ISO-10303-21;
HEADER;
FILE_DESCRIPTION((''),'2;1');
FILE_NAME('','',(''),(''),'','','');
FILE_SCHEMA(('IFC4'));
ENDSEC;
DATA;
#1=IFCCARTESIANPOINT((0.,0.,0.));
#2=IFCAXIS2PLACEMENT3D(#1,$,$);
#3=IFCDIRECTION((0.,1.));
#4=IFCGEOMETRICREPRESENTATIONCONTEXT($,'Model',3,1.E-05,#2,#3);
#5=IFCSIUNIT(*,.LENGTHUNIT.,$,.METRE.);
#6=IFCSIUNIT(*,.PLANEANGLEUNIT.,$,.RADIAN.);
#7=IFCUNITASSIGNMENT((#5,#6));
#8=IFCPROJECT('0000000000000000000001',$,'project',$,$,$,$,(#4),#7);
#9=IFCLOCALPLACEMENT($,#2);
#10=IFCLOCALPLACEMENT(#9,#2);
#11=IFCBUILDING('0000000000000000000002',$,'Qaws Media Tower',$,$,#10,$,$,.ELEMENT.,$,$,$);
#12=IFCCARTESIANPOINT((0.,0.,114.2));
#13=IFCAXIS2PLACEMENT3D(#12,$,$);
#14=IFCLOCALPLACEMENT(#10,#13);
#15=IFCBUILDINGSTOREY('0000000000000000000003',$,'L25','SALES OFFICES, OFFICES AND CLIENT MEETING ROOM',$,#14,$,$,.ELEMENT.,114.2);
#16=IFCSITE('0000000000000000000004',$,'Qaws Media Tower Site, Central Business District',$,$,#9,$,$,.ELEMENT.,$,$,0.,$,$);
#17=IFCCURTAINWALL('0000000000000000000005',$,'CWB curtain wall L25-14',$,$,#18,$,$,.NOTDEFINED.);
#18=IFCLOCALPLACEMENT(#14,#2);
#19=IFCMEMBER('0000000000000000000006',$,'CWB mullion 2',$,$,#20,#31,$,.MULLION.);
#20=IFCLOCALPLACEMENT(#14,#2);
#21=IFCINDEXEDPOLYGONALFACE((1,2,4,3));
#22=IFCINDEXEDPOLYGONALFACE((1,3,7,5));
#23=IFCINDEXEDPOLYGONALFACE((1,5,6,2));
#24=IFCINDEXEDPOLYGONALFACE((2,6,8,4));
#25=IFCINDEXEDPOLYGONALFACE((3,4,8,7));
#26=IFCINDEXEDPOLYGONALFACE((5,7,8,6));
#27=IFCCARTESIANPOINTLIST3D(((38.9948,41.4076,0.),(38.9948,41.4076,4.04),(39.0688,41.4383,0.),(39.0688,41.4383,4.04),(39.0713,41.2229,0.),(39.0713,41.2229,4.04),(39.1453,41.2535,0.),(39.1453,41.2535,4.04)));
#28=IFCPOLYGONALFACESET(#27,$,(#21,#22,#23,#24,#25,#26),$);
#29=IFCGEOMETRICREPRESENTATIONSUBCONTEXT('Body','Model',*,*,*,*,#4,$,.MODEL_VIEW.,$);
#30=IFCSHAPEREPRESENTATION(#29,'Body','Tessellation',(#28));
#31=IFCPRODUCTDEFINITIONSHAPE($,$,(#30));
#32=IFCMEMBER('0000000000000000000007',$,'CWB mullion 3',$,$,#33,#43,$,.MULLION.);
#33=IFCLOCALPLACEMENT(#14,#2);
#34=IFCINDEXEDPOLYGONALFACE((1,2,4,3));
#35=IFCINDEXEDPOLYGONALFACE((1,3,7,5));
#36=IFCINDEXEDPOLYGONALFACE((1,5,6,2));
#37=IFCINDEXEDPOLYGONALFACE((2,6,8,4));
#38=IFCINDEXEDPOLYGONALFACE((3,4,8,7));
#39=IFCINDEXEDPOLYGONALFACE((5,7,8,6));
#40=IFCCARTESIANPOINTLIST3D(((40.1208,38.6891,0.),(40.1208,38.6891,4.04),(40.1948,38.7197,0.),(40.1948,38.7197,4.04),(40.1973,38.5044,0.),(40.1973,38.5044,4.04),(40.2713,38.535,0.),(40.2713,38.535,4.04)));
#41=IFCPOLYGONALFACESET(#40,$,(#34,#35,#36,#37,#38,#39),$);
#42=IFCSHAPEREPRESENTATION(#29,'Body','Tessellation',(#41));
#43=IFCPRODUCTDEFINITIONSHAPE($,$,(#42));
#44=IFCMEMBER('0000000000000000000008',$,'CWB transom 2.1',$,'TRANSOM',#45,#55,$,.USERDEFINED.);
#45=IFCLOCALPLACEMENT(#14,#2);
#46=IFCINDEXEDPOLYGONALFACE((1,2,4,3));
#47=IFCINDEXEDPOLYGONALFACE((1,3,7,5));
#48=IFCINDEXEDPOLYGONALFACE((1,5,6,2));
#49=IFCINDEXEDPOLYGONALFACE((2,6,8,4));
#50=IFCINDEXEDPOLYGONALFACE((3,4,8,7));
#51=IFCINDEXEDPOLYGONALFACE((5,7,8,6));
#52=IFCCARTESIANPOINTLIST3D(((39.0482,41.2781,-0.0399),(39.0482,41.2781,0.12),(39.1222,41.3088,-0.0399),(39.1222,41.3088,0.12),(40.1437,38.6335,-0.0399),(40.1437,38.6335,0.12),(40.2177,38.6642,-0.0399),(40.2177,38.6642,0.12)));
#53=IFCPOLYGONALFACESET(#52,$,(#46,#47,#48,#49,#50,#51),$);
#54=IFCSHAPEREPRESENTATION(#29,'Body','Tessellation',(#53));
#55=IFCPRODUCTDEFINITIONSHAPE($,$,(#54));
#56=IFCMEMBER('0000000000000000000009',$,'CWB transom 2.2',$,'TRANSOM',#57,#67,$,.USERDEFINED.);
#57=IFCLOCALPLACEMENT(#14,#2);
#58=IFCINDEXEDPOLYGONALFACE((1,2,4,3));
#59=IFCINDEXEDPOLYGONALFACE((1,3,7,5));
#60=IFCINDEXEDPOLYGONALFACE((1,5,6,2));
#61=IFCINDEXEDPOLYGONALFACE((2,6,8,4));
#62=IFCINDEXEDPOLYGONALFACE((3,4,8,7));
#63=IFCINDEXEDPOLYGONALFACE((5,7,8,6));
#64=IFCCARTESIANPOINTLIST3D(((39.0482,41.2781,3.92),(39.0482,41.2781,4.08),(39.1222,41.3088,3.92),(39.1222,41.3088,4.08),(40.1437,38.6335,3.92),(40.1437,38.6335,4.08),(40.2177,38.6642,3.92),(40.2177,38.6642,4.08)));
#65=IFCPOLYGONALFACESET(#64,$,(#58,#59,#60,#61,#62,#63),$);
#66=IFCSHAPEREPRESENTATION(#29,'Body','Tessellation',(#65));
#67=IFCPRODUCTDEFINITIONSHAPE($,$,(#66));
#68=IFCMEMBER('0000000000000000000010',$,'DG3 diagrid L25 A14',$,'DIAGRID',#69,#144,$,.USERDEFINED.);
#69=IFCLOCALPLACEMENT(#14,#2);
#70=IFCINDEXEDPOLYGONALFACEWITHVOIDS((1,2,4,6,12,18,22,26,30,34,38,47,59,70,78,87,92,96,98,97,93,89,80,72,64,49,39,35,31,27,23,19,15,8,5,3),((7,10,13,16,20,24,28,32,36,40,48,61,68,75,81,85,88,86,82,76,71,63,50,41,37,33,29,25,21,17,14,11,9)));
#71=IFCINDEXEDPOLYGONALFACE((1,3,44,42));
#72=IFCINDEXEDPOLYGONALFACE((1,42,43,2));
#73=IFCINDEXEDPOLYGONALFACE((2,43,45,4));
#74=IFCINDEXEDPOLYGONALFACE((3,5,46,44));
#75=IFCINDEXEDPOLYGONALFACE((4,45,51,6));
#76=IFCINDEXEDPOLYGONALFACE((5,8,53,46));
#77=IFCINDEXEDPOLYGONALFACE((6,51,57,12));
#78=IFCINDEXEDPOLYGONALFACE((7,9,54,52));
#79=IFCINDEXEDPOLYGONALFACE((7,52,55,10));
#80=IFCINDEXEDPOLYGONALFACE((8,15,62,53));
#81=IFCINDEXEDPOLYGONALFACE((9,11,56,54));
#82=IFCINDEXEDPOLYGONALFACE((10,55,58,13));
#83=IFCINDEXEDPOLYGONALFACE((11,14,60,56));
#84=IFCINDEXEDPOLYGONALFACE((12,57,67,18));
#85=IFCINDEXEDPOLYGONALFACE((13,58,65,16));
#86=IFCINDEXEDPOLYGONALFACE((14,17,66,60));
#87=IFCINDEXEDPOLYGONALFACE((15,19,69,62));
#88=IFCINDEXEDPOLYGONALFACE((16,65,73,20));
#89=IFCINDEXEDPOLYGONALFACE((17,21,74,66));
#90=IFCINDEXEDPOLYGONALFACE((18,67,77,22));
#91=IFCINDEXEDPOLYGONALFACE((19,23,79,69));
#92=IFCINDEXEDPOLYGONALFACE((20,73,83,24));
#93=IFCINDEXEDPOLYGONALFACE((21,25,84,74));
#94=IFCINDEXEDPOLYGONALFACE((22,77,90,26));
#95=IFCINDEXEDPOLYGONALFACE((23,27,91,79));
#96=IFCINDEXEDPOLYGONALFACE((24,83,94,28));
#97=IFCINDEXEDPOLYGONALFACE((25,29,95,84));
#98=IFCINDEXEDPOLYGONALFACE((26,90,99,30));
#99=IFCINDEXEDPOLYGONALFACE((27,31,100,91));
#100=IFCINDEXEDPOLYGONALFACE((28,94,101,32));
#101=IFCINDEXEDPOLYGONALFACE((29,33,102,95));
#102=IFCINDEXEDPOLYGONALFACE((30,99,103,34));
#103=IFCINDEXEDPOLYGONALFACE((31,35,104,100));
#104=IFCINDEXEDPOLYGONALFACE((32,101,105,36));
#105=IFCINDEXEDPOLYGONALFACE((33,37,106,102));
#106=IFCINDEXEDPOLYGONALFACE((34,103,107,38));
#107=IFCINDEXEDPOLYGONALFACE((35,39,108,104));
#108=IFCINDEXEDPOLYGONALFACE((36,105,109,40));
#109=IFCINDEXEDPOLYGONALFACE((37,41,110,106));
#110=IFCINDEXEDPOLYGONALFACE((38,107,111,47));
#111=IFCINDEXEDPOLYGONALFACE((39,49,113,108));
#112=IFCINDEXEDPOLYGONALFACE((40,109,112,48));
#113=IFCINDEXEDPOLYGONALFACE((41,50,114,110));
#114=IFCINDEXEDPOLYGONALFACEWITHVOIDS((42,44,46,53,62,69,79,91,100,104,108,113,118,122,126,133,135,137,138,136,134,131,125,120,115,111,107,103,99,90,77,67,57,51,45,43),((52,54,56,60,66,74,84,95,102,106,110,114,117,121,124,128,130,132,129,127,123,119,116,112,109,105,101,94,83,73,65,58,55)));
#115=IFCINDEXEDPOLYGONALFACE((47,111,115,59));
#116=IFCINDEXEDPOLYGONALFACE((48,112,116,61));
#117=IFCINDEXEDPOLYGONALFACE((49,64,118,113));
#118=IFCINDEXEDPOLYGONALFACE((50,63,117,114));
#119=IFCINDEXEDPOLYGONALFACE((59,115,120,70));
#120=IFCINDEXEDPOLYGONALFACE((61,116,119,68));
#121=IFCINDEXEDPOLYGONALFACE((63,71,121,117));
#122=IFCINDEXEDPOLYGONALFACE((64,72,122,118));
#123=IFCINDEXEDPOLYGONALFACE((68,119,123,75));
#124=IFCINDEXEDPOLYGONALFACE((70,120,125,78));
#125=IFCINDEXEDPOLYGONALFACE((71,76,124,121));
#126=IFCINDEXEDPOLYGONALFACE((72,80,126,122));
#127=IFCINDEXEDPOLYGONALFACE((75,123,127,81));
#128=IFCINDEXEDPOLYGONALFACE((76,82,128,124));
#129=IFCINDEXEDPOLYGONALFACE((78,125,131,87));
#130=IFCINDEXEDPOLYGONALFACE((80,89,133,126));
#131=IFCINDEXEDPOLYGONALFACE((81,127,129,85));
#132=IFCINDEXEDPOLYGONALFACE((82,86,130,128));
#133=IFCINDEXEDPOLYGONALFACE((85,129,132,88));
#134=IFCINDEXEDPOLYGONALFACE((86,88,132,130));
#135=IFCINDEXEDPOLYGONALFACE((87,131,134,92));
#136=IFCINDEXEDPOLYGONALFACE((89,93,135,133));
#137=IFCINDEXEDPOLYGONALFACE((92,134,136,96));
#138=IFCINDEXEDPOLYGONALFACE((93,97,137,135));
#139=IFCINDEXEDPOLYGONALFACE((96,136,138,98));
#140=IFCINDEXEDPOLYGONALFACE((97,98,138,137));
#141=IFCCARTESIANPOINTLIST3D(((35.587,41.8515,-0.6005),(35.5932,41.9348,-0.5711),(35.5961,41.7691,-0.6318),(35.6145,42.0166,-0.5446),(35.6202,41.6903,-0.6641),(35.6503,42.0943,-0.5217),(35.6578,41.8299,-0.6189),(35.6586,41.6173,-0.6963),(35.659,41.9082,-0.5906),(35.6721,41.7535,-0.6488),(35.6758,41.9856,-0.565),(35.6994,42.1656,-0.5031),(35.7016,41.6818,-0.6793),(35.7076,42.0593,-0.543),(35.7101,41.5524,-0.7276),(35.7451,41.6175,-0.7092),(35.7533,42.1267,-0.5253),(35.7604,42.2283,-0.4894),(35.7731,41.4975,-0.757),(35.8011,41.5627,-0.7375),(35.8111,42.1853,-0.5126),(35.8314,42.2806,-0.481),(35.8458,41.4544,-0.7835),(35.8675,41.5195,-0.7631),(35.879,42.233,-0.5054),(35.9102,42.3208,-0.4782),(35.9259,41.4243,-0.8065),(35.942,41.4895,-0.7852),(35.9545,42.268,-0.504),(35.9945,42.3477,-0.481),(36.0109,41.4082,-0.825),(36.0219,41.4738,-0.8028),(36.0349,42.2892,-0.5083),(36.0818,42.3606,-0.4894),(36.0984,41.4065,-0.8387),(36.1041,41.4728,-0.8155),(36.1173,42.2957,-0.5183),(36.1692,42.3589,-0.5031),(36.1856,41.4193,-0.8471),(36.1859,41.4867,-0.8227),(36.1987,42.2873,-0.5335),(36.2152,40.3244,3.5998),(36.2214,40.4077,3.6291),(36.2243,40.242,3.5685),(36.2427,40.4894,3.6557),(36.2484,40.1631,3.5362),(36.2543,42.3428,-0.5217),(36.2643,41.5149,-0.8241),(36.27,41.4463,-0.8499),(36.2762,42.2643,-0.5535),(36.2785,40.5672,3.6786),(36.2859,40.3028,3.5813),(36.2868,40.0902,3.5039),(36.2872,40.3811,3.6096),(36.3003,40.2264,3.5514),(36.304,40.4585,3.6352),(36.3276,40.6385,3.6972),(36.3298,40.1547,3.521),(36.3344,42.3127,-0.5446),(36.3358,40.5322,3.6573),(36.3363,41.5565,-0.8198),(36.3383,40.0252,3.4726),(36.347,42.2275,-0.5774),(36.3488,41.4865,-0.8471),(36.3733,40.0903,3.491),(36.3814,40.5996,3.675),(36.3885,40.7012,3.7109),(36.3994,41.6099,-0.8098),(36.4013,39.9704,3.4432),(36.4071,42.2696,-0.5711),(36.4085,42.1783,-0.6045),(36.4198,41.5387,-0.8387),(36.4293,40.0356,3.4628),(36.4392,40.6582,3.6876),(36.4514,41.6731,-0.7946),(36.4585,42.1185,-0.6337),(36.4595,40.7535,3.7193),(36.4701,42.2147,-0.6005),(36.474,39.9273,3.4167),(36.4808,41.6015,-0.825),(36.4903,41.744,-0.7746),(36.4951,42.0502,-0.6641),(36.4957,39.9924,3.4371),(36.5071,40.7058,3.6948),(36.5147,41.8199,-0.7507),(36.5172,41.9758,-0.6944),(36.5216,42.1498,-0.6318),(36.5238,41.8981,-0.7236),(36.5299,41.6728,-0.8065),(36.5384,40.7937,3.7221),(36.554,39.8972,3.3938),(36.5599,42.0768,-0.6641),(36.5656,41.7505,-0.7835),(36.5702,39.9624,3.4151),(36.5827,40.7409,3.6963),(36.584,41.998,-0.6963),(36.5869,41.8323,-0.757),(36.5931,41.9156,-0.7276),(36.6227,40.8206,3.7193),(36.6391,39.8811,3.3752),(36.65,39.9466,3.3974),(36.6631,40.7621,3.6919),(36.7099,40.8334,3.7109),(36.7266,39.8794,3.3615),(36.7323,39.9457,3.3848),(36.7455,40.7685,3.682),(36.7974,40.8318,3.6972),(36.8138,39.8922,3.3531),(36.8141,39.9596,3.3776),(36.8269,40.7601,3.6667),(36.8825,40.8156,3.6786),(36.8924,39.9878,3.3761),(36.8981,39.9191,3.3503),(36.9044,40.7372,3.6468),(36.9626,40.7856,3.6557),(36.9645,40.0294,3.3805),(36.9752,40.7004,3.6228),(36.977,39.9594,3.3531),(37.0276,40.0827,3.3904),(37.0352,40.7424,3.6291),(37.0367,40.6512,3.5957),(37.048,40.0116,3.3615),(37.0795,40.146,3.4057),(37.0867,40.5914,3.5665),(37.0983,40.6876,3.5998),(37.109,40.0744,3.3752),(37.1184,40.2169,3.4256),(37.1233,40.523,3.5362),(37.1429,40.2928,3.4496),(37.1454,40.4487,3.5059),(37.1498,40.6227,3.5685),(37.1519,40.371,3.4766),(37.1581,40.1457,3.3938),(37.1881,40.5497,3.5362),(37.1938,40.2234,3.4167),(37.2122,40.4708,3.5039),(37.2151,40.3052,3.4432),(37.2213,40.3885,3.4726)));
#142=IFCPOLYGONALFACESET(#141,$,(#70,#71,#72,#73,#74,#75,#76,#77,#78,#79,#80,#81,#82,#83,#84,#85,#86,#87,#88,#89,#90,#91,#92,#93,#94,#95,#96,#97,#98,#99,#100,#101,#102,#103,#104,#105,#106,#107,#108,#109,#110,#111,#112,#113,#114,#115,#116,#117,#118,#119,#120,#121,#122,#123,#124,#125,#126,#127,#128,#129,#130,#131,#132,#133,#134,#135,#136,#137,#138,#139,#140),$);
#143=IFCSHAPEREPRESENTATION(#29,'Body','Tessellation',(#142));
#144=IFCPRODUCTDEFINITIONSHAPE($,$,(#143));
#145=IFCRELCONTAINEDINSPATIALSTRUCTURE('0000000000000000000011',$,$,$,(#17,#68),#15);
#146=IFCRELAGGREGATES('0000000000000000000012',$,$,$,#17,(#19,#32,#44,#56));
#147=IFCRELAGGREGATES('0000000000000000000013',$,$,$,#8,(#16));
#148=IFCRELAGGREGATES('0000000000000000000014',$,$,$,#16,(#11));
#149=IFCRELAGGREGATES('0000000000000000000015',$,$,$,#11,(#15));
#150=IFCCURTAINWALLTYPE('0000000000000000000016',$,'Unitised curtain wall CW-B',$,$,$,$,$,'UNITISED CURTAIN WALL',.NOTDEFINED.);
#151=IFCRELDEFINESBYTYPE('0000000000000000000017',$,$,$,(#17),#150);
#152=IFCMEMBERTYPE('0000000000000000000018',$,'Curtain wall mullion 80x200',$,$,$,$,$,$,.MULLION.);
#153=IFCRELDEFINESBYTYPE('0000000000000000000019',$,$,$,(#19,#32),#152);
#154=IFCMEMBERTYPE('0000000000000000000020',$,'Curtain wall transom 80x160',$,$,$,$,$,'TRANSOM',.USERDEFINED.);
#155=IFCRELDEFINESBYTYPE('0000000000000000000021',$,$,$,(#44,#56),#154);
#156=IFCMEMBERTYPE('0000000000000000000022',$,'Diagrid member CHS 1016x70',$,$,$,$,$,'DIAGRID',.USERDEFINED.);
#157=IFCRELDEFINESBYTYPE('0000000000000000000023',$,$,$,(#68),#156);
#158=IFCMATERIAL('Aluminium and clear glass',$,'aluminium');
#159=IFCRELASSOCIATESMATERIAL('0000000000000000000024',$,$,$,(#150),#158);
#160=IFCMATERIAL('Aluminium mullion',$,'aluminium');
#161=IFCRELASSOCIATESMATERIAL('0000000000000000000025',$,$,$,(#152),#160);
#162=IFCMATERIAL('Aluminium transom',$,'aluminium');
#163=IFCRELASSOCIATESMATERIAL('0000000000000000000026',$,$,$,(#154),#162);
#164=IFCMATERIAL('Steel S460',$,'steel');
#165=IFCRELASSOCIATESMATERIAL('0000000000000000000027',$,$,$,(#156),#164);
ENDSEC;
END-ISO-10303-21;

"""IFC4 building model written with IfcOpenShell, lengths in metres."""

from ifc_helpers import new_model, si_unit, direction, frame, origin, origin_2d, place, context, subcontext, project, spatial, rectangle, hollow_circle, extrude, material, material_profile, profile_set, type_object, element, aggregate, save


model = new_model("IFC4")

# Units and contexts
model_context = context("Model", 3, precision=1e-05, world=origin(), true_north=direction((0.0, 1.0)))
body_context = subcontext(model_context, "Body", "Model", "MODEL_VIEW")
ifc_project = project(units=[si_unit("LENGTHUNIT", "METRE"), si_unit("PLANEANGLEUNIT", "RADIAN")], contexts=[model_context])

# Site, building, storey
site_placement = place(None, origin())
site = spatial("IfcSite", under=ifc_project, at=site_placement, Name="Qaws Media Tower Site, Central Business District", CompositionType="ELEMENT", RefElevation=0.0)
building_placement = place(site_placement, origin())
building = spatial("IfcBuilding", under=site, at=building_placement, Name="Qaws Media Tower", CompositionType="ELEMENT")
storey_placement = place(building_placement, frame((0.0, 0.0, 114.2)))
storey = spatial("IfcBuildingStorey", under=building, at=storey_placement, Name="L25", Description="SALES OFFICES, OFFICES AND CLIENT MEETING ROOM", CompositionType="ELEMENT", Elevation=114.2)

# Curtain wall, members
ifc_material_1 = material(Name="Aluminium and clear glass", Category="aluminium")
curtain_wall_type = type_object("IfcCurtainWallType", Name="Unitised curtain wall CW-B", ElementType="UNITISED CURTAIN WALL", PredefinedType="NOTDEFINED", material=ifc_material_1)
curtain_wall_placement = place(storey_placement, origin())
curtain_wall = element("IfcCurtainWall", 1, at=curtain_wall_placement, inside=storey, type_object=curtain_wall_type, Name="CWB curtain wall L25-14", PredefinedType="NOTDEFINED")
ifc_material_2 = material(Name="Aluminium mullion", Category="aluminium")
ifc_material_profile_1 = material_profile(ifc_material_2, rectangle(XDim=0.0801, YDim=0.2, at=origin_2d()), Name="80x200")
ifc_profile_set_1 = profile_set([ifc_material_profile_1], Name="Aluminium mullion")
member_type_1 = type_object("IfcMemberType", Name="Curtain wall mullion 80x200", PredefinedType="MULLION", material=ifc_profile_set_1)
member_1_placement = place(storey_placement, frame((39.0701, 41.3306, 0.0), z_axis=(0.0, 0.0, 1.0), x_axis=(0.92388, 0.382683, 0.0)))
member_1 = element("IfcMember", 2, at=member_1_placement, type_object=member_type_1, Name="CWB mullion 2", PredefinedType="MULLION", context=body_context, shape_type="SweptSolid", body=[
    extrude(rectangle(XDim=0.0801, YDim=0.2, at=origin_2d()), origin(), (0.0, 0.0, 1.0), 4.04),
])
member_2_placement = place(storey_placement, frame((40.196, 38.6121, 0.0), z_axis=(0.0, 0.0, 1.0), x_axis=(0.92388, 0.382683, 0.0)))
member_2 = element("IfcMember", 3, at=member_2_placement, type_object=member_type_1, Name="CWB mullion 3", PredefinedType="MULLION", context=body_context, shape_type="SweptSolid", body=[
    extrude(rectangle(XDim=0.0801, YDim=0.2, at=origin_2d()), origin(), (0.0, 0.0, 1.0), 4.04),
])
ifc_material_3 = material(Name="Aluminium transom", Category="aluminium")
ifc_material_profile_2 = material_profile(ifc_material_3, rectangle(XDim=0.0801, YDim=0.1599, at=origin_2d()), Name="80x160")
ifc_profile_set_2 = profile_set([ifc_material_profile_2], Name="Aluminium transom")
member_type_2 = type_object("IfcMemberType", Name="Curtain wall transom 80x160", ElementType="TRANSOM", PredefinedType="USERDEFINED", material=ifc_profile_set_2)
member_3_placement = place(storey_placement, frame((39.0852, 41.2935, 0.04), z_axis=(0.382701, -0.923872, 0.0), x_axis=(0.923872, 0.382701, 0.0)))
member_3 = element("IfcMember", 4, at=member_3_placement, type_object=member_type_2, Name="CWB transom 2.1", ObjectType="TRANSOM", PredefinedType="USERDEFINED", context=body_context, shape_type="SweptSolid", body=[
    extrude(rectangle(XDim=0.0801, YDim=0.1599, at=origin_2d()), origin(), (0.0, 0.0, 1.0), 2.8625),
])
member_4_placement = place(storey_placement, frame((39.0852, 41.2935, 4.0), z_axis=(0.382701, -0.923872, 0.0), x_axis=(0.923872, 0.382701, 0.0)))
member_4 = element("IfcMember", 5, at=member_4_placement, type_object=member_type_2, Name="CWB transom 2.2", ObjectType="TRANSOM", PredefinedType="USERDEFINED", context=body_context, shape_type="SweptSolid", body=[
    extrude(rectangle(XDim=0.0801, YDim=0.1599, at=origin_2d()), origin(), (0.0, 0.0, 1.0), 2.8625),
])

# Member
ifc_material_4 = material(Name="Steel S460", Category="steel")
ifc_material_profile_3 = material_profile(ifc_material_4, hollow_circle(Radius=0.5081, WallThickness=0.0701, at=origin_2d()), Name="CHS 1016x70")
ifc_profile_set_3 = profile_set([ifc_material_profile_3], Name="Steel S460")
member_type_3 = type_object("IfcMemberType", Name="Diagrid member CHS 1016x70", ElementType="DIAGRID", PredefinedType="USERDEFINED", material=ifc_profile_set_3)
for number, where, z_axis, x_axis, name in (
    (6, (36.0901, 41.8835, -0.6641), (0.139188, -0.338369, 0.930663), (0.924813, 0.380423, 0.0), "DG3 diagrid L25 A14"),
):
    element("IfcMember", number, at=place(storey_placement, frame(where, z_axis=z_axis, x_axis=x_axis)), inside=storey, type_object=member_type_3, Name=name, ObjectType="DIAGRID", PredefinedType="USERDEFINED", context=body_context, shape_type="SweptSolid", body=[
        extrude(hollow_circle(Radius=0.5081, WallThickness=0.0701, at=origin_2d()), origin(), (0.0, 0.0, 1.0), 4.5132),
    ])

aggregate(curtain_wall, [member_1, member_2, member_3, member_4])

save(model, "model.ifc")
